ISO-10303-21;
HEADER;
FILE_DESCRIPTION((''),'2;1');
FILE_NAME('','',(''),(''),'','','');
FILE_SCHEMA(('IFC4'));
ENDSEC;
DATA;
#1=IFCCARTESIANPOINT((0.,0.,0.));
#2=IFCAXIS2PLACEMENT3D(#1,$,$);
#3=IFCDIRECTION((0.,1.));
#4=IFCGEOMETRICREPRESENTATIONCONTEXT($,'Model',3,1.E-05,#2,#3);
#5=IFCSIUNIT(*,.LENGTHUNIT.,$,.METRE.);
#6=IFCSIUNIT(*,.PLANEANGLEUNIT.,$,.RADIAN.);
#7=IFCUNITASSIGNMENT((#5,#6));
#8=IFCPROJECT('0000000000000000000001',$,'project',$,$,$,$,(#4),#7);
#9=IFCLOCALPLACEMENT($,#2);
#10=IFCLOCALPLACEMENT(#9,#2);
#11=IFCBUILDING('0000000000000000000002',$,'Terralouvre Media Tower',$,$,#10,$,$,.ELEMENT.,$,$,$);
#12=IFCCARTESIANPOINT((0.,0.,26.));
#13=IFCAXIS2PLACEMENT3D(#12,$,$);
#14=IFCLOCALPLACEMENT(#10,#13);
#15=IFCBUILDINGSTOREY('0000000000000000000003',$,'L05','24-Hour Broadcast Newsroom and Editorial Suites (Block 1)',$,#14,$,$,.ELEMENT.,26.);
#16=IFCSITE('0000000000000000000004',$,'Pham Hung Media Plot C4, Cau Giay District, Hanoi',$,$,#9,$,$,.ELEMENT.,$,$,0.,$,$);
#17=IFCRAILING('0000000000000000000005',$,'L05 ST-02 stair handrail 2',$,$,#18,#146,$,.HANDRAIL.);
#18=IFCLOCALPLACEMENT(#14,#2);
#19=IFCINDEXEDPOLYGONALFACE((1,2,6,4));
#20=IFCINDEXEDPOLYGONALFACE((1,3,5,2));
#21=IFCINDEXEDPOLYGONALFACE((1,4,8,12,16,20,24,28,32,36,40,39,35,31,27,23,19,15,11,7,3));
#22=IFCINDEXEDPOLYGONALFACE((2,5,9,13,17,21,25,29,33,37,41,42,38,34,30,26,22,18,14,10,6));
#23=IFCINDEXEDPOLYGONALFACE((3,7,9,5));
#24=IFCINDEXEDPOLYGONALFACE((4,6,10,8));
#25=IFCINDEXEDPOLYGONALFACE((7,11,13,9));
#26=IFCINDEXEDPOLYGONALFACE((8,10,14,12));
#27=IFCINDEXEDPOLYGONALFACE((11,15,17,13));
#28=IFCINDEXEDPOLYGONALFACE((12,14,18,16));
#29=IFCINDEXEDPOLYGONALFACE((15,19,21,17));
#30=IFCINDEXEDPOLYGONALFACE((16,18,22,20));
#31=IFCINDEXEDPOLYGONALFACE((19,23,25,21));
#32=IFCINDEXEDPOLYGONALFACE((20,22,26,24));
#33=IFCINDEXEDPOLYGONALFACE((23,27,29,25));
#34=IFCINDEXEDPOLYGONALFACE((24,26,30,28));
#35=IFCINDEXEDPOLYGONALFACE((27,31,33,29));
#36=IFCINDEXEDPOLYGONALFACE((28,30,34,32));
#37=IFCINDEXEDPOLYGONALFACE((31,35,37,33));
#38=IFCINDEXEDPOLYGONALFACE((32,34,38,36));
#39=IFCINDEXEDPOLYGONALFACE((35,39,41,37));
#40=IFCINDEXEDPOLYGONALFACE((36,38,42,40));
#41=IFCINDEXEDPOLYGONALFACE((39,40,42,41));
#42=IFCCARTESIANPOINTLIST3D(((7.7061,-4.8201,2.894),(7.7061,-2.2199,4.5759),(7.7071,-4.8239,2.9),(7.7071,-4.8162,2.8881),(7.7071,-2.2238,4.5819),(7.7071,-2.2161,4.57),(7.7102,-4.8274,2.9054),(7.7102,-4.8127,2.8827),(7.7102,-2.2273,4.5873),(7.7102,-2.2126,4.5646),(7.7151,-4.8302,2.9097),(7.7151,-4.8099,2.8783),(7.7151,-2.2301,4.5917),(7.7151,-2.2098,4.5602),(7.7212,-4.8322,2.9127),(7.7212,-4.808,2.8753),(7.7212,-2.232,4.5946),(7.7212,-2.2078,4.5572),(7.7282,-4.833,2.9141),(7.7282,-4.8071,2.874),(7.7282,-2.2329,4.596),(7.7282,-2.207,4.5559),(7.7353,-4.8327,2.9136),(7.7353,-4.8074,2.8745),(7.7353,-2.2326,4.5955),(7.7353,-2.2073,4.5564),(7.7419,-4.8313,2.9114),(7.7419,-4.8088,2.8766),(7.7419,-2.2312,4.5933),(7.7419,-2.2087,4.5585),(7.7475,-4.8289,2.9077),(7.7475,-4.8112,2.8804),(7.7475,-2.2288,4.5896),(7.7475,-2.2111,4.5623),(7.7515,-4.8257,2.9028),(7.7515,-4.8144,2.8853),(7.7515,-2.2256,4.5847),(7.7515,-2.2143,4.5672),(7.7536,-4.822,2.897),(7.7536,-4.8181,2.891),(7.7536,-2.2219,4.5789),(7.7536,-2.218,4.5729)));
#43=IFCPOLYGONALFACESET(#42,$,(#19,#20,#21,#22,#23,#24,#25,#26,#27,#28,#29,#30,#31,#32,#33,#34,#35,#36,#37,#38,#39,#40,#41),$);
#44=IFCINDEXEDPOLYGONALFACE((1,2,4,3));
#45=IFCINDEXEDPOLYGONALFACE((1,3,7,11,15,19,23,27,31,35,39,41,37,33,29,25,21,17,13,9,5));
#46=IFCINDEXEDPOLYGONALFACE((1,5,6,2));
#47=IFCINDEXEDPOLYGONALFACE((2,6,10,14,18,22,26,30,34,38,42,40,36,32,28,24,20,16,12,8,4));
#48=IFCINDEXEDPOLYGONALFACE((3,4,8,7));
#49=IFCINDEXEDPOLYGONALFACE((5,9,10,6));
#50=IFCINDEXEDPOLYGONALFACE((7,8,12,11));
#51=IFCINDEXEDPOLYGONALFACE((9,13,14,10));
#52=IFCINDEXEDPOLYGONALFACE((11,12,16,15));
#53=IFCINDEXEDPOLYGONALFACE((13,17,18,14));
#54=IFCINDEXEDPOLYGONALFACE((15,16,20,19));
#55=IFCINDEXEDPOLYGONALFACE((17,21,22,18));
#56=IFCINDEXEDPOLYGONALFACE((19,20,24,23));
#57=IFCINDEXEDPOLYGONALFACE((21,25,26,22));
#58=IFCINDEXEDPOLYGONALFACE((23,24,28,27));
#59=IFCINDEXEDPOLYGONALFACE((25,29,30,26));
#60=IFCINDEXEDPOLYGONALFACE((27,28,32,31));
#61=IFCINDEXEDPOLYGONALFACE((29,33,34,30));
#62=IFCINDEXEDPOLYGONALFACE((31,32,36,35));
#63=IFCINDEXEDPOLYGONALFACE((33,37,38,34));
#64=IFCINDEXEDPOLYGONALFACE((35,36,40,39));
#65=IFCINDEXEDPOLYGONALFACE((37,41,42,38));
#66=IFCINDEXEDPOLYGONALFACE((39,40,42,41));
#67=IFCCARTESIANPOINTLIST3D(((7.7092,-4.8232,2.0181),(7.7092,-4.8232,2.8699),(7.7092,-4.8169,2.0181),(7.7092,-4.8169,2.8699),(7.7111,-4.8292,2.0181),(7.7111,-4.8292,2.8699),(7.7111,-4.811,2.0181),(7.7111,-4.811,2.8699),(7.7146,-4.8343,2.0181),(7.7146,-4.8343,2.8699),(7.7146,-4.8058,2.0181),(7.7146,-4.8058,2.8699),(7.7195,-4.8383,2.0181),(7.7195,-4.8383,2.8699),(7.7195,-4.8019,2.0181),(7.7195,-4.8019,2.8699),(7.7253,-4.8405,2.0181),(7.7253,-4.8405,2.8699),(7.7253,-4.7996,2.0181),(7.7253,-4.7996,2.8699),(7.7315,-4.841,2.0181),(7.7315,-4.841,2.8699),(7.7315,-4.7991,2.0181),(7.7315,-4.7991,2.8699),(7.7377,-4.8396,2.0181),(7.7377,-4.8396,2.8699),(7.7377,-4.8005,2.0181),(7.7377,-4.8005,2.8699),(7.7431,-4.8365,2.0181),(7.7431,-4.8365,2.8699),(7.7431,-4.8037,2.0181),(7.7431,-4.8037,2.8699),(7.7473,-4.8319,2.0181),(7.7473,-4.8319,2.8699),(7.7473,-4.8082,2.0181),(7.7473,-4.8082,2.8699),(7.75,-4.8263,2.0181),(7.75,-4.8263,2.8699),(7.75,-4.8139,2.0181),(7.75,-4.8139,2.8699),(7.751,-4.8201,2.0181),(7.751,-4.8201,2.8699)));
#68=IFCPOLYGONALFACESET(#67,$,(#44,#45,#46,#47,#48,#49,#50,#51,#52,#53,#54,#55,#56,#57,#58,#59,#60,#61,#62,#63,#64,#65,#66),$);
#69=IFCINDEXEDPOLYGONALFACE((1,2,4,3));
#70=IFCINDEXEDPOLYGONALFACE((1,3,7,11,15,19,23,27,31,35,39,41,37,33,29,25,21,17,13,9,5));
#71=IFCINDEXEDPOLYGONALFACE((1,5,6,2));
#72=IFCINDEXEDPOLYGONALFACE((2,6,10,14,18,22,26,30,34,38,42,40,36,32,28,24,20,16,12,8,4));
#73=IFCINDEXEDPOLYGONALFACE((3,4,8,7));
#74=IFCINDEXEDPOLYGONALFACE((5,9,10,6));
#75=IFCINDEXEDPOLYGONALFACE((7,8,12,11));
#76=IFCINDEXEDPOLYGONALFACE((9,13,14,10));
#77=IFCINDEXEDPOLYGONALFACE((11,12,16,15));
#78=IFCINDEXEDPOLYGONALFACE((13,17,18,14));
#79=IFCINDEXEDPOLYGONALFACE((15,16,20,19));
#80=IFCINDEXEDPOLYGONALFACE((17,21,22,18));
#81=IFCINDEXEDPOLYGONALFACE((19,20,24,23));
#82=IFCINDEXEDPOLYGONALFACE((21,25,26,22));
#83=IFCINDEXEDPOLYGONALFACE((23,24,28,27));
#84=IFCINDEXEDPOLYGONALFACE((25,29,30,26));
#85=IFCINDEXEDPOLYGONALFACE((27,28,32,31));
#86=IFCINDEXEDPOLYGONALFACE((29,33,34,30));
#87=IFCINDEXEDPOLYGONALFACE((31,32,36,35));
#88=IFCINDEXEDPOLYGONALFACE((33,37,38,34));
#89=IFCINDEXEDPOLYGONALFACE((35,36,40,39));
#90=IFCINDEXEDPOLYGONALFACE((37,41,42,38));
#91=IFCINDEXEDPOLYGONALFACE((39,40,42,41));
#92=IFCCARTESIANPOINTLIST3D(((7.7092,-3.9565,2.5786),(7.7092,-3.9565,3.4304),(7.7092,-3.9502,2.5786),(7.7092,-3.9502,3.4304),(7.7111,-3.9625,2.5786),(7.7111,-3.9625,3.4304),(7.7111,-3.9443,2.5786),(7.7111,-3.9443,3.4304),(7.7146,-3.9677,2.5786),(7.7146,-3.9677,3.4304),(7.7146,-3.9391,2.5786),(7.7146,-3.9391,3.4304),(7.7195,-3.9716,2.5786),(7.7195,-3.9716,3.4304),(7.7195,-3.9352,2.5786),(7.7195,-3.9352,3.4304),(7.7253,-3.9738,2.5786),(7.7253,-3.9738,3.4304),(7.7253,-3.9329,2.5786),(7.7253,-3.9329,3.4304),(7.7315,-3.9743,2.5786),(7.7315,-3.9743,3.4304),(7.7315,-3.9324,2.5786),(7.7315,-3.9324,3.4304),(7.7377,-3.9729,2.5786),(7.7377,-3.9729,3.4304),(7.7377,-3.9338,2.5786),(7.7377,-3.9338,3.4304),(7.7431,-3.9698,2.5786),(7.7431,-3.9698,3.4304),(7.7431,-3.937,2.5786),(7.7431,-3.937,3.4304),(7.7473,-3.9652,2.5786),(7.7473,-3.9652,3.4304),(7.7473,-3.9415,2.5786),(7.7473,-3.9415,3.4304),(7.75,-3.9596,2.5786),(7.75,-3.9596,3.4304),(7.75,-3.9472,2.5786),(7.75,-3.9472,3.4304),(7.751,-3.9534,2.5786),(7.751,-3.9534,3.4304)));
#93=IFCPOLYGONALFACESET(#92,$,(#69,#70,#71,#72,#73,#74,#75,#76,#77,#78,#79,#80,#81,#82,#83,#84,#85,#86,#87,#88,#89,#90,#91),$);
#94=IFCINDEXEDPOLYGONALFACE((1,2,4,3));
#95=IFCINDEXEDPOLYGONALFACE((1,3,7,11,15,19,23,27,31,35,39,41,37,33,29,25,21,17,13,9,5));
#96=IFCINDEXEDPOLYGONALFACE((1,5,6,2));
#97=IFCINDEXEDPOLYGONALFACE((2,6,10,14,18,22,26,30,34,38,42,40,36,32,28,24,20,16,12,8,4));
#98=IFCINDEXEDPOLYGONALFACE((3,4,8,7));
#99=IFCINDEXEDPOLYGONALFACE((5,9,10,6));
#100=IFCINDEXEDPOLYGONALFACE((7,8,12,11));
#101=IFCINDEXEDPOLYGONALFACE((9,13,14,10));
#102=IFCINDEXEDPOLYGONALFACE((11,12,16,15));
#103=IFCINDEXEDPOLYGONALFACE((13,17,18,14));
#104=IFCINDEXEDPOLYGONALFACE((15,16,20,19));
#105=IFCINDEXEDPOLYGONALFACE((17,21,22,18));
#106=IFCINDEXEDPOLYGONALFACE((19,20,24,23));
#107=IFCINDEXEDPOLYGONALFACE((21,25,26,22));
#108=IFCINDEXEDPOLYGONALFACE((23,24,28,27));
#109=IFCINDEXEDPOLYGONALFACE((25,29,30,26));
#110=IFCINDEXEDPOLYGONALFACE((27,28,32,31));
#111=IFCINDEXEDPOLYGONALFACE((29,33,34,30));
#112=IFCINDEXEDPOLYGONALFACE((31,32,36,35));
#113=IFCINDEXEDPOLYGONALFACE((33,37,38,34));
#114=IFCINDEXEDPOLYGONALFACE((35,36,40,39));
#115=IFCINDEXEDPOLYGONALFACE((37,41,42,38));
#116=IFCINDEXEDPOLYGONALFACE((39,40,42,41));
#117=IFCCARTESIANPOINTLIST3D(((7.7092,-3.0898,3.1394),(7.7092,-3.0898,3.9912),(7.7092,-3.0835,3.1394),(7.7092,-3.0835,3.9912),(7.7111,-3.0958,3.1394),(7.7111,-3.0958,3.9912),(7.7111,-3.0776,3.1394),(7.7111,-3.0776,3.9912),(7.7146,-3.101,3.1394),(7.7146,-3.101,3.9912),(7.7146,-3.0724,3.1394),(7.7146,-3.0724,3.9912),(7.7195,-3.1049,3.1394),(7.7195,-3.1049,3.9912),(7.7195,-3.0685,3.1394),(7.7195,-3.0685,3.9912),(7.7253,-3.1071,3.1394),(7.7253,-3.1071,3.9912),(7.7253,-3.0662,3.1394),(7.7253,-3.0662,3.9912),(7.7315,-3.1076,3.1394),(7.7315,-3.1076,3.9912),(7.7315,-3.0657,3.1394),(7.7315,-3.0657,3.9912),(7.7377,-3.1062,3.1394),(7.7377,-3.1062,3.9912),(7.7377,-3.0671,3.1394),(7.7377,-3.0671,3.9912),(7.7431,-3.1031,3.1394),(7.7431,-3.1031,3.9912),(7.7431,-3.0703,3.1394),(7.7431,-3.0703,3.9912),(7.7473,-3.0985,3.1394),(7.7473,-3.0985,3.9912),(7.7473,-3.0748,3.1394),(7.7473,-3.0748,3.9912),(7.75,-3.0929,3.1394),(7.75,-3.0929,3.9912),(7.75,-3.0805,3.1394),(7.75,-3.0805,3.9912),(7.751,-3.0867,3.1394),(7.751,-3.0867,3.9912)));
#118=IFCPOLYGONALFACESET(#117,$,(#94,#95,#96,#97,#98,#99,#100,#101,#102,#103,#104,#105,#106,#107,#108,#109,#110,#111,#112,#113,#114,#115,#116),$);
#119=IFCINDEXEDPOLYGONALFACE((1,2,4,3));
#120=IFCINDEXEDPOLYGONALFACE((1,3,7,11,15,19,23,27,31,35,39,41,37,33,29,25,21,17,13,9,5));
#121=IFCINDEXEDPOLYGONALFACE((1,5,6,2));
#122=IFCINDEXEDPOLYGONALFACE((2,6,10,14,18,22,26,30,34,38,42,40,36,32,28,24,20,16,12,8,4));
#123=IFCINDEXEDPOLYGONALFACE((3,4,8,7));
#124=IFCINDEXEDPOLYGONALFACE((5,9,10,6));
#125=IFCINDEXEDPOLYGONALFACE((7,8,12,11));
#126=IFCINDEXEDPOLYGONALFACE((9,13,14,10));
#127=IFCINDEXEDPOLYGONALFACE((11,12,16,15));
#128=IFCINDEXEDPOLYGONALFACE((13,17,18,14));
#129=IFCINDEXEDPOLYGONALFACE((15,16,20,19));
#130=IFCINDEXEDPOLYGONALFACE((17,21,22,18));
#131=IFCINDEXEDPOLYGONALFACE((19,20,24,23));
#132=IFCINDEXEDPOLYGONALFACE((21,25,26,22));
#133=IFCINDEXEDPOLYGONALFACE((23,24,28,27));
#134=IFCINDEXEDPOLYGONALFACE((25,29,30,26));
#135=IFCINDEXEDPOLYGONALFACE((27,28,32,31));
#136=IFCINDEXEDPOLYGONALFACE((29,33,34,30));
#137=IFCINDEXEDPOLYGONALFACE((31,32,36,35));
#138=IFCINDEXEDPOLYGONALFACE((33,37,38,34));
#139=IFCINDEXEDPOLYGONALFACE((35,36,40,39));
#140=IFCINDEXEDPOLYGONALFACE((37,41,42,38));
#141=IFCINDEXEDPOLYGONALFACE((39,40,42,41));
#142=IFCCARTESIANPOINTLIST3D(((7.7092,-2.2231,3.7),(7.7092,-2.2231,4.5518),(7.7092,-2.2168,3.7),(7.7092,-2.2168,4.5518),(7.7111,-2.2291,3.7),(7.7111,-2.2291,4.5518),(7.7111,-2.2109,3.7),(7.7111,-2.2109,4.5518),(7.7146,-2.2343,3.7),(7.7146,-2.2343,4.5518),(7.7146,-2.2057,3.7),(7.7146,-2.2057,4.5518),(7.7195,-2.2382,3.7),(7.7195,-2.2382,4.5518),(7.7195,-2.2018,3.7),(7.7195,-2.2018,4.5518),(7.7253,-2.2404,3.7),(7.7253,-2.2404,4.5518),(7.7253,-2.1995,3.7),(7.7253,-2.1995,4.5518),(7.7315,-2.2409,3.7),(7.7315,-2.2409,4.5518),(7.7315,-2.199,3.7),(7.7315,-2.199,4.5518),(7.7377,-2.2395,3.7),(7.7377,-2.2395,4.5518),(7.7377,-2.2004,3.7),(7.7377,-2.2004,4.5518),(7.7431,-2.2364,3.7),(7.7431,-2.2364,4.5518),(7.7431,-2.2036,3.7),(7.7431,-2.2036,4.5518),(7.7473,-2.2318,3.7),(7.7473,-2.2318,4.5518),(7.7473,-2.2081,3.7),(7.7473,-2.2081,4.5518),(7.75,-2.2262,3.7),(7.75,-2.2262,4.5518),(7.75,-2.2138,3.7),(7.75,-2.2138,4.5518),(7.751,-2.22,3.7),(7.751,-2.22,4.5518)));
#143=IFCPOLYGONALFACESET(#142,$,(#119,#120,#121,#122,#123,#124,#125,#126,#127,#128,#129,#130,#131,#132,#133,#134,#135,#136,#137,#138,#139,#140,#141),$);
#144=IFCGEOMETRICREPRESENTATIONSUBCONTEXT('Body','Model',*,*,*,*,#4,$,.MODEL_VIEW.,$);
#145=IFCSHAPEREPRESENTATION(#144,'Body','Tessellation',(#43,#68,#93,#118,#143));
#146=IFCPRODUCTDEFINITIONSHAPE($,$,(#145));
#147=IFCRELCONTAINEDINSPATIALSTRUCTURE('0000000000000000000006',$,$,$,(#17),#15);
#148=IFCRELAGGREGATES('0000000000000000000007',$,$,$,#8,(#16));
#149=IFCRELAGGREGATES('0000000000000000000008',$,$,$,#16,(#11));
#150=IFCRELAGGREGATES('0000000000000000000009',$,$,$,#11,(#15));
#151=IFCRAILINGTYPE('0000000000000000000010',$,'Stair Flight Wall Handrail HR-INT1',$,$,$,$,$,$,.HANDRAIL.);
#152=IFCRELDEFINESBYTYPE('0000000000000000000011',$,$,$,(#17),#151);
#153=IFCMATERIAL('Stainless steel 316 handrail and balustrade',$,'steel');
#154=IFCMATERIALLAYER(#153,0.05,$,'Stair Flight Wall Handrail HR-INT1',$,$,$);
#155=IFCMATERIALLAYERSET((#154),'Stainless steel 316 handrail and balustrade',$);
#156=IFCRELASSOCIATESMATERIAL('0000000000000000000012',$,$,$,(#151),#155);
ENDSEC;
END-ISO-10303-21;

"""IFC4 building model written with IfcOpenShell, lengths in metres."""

from ifc_helpers import new_model, si_unit, direction, frame, origin, origin_2d, place, context, subcontext, project, spatial, circle, extrude, material, layer, layer_set, type_object, element, save


model = new_model("IFC4")

# Units and contexts
model_context = context("Model", 3, precision=1e-05, world=origin(), true_north=direction((0.0, 1.0)))
body_context = subcontext(model_context, "Body", "Model", "MODEL_VIEW")
ifc_project = project(units=[si_unit("LENGTHUNIT", "METRE"), si_unit("PLANEANGLEUNIT", "RADIAN")], contexts=[model_context])

# Site, building, storey
site_placement = place(None, origin())
site = spatial("IfcSite", under=ifc_project, at=site_placement, Name="Pham Hung Media Plot C4, Cau Giay District, Hanoi", CompositionType="ELEMENT", RefElevation=0.0)
building_placement = place(site_placement, origin())
building = spatial("IfcBuilding", under=site, at=building_placement, Name="Terralouvre Media Tower", CompositionType="ELEMENT")
storey_placement = place(building_placement, frame((0.0, 0.0, 26.0)))
storey = spatial("IfcBuildingStorey", under=building, at=storey_placement, Name="L05", Description="24-Hour Broadcast Newsroom and Editorial Suites (Block 1)", CompositionType="ELEMENT", Elevation=26.0)

# Railing
ifc_material_1 = material(Name="Stainless steel 316 handrail and balustrade", Category="steel")
ifc_layer_1 = layer(ifc_material_1, 0.05, Name="Stair Flight Wall Handrail HR-INT1")
ifc_layer_set_1 = layer_set([ifc_layer_1], Name="Stainless steel 316 handrail and balustrade")
railing_type_1 = type_object("IfcRailingType", Name="Stair Flight Wall Handrail HR-INT1", PredefinedType="HANDRAIL", material=ifc_layer_set_1)
railing_1_placement = place(storey_placement, frame((7.73, -4.8201, 2.0181)))
element("IfcRailing", 1, at=railing_1_placement, inside=storey, type_object=railing_type_1, Name="L05 ST-02 stair handrail 2", PredefinedType="HANDRAIL", context=body_context, shape_type="SweptSolid", body=[
    extrude(circle(Radius=0.0239, at=origin_2d()), frame((0.0, 0.0, 0.876), z_axis=(0.0, 0.839648, 0.54313), x_axis=(-1.0, 0.0, 0.0)), (0.0, 0.0, 1.0), 3.0967),
    extrude(circle(Radius=0.021, at=origin_2d()), origin(), (0.0, 0.0, 1.0), 0.8518),
    extrude(circle(Radius=0.021, at=origin_2d()), frame((0.0, 0.8667, 0.5605)), (0.0, 0.0, 1.0), 0.8518),
    extrude(circle(Radius=0.021, at=origin_2d()), frame((0.0, 1.7334, 1.1213)), (0.0, 0.0, 1.0), 0.8518),
    extrude(circle(Radius=0.021, at=origin_2d()), frame((0.0, 2.6001, 1.6819)), (0.0, 0.0, 1.0), 0.8518),
])

save(model, "model.ifc")
